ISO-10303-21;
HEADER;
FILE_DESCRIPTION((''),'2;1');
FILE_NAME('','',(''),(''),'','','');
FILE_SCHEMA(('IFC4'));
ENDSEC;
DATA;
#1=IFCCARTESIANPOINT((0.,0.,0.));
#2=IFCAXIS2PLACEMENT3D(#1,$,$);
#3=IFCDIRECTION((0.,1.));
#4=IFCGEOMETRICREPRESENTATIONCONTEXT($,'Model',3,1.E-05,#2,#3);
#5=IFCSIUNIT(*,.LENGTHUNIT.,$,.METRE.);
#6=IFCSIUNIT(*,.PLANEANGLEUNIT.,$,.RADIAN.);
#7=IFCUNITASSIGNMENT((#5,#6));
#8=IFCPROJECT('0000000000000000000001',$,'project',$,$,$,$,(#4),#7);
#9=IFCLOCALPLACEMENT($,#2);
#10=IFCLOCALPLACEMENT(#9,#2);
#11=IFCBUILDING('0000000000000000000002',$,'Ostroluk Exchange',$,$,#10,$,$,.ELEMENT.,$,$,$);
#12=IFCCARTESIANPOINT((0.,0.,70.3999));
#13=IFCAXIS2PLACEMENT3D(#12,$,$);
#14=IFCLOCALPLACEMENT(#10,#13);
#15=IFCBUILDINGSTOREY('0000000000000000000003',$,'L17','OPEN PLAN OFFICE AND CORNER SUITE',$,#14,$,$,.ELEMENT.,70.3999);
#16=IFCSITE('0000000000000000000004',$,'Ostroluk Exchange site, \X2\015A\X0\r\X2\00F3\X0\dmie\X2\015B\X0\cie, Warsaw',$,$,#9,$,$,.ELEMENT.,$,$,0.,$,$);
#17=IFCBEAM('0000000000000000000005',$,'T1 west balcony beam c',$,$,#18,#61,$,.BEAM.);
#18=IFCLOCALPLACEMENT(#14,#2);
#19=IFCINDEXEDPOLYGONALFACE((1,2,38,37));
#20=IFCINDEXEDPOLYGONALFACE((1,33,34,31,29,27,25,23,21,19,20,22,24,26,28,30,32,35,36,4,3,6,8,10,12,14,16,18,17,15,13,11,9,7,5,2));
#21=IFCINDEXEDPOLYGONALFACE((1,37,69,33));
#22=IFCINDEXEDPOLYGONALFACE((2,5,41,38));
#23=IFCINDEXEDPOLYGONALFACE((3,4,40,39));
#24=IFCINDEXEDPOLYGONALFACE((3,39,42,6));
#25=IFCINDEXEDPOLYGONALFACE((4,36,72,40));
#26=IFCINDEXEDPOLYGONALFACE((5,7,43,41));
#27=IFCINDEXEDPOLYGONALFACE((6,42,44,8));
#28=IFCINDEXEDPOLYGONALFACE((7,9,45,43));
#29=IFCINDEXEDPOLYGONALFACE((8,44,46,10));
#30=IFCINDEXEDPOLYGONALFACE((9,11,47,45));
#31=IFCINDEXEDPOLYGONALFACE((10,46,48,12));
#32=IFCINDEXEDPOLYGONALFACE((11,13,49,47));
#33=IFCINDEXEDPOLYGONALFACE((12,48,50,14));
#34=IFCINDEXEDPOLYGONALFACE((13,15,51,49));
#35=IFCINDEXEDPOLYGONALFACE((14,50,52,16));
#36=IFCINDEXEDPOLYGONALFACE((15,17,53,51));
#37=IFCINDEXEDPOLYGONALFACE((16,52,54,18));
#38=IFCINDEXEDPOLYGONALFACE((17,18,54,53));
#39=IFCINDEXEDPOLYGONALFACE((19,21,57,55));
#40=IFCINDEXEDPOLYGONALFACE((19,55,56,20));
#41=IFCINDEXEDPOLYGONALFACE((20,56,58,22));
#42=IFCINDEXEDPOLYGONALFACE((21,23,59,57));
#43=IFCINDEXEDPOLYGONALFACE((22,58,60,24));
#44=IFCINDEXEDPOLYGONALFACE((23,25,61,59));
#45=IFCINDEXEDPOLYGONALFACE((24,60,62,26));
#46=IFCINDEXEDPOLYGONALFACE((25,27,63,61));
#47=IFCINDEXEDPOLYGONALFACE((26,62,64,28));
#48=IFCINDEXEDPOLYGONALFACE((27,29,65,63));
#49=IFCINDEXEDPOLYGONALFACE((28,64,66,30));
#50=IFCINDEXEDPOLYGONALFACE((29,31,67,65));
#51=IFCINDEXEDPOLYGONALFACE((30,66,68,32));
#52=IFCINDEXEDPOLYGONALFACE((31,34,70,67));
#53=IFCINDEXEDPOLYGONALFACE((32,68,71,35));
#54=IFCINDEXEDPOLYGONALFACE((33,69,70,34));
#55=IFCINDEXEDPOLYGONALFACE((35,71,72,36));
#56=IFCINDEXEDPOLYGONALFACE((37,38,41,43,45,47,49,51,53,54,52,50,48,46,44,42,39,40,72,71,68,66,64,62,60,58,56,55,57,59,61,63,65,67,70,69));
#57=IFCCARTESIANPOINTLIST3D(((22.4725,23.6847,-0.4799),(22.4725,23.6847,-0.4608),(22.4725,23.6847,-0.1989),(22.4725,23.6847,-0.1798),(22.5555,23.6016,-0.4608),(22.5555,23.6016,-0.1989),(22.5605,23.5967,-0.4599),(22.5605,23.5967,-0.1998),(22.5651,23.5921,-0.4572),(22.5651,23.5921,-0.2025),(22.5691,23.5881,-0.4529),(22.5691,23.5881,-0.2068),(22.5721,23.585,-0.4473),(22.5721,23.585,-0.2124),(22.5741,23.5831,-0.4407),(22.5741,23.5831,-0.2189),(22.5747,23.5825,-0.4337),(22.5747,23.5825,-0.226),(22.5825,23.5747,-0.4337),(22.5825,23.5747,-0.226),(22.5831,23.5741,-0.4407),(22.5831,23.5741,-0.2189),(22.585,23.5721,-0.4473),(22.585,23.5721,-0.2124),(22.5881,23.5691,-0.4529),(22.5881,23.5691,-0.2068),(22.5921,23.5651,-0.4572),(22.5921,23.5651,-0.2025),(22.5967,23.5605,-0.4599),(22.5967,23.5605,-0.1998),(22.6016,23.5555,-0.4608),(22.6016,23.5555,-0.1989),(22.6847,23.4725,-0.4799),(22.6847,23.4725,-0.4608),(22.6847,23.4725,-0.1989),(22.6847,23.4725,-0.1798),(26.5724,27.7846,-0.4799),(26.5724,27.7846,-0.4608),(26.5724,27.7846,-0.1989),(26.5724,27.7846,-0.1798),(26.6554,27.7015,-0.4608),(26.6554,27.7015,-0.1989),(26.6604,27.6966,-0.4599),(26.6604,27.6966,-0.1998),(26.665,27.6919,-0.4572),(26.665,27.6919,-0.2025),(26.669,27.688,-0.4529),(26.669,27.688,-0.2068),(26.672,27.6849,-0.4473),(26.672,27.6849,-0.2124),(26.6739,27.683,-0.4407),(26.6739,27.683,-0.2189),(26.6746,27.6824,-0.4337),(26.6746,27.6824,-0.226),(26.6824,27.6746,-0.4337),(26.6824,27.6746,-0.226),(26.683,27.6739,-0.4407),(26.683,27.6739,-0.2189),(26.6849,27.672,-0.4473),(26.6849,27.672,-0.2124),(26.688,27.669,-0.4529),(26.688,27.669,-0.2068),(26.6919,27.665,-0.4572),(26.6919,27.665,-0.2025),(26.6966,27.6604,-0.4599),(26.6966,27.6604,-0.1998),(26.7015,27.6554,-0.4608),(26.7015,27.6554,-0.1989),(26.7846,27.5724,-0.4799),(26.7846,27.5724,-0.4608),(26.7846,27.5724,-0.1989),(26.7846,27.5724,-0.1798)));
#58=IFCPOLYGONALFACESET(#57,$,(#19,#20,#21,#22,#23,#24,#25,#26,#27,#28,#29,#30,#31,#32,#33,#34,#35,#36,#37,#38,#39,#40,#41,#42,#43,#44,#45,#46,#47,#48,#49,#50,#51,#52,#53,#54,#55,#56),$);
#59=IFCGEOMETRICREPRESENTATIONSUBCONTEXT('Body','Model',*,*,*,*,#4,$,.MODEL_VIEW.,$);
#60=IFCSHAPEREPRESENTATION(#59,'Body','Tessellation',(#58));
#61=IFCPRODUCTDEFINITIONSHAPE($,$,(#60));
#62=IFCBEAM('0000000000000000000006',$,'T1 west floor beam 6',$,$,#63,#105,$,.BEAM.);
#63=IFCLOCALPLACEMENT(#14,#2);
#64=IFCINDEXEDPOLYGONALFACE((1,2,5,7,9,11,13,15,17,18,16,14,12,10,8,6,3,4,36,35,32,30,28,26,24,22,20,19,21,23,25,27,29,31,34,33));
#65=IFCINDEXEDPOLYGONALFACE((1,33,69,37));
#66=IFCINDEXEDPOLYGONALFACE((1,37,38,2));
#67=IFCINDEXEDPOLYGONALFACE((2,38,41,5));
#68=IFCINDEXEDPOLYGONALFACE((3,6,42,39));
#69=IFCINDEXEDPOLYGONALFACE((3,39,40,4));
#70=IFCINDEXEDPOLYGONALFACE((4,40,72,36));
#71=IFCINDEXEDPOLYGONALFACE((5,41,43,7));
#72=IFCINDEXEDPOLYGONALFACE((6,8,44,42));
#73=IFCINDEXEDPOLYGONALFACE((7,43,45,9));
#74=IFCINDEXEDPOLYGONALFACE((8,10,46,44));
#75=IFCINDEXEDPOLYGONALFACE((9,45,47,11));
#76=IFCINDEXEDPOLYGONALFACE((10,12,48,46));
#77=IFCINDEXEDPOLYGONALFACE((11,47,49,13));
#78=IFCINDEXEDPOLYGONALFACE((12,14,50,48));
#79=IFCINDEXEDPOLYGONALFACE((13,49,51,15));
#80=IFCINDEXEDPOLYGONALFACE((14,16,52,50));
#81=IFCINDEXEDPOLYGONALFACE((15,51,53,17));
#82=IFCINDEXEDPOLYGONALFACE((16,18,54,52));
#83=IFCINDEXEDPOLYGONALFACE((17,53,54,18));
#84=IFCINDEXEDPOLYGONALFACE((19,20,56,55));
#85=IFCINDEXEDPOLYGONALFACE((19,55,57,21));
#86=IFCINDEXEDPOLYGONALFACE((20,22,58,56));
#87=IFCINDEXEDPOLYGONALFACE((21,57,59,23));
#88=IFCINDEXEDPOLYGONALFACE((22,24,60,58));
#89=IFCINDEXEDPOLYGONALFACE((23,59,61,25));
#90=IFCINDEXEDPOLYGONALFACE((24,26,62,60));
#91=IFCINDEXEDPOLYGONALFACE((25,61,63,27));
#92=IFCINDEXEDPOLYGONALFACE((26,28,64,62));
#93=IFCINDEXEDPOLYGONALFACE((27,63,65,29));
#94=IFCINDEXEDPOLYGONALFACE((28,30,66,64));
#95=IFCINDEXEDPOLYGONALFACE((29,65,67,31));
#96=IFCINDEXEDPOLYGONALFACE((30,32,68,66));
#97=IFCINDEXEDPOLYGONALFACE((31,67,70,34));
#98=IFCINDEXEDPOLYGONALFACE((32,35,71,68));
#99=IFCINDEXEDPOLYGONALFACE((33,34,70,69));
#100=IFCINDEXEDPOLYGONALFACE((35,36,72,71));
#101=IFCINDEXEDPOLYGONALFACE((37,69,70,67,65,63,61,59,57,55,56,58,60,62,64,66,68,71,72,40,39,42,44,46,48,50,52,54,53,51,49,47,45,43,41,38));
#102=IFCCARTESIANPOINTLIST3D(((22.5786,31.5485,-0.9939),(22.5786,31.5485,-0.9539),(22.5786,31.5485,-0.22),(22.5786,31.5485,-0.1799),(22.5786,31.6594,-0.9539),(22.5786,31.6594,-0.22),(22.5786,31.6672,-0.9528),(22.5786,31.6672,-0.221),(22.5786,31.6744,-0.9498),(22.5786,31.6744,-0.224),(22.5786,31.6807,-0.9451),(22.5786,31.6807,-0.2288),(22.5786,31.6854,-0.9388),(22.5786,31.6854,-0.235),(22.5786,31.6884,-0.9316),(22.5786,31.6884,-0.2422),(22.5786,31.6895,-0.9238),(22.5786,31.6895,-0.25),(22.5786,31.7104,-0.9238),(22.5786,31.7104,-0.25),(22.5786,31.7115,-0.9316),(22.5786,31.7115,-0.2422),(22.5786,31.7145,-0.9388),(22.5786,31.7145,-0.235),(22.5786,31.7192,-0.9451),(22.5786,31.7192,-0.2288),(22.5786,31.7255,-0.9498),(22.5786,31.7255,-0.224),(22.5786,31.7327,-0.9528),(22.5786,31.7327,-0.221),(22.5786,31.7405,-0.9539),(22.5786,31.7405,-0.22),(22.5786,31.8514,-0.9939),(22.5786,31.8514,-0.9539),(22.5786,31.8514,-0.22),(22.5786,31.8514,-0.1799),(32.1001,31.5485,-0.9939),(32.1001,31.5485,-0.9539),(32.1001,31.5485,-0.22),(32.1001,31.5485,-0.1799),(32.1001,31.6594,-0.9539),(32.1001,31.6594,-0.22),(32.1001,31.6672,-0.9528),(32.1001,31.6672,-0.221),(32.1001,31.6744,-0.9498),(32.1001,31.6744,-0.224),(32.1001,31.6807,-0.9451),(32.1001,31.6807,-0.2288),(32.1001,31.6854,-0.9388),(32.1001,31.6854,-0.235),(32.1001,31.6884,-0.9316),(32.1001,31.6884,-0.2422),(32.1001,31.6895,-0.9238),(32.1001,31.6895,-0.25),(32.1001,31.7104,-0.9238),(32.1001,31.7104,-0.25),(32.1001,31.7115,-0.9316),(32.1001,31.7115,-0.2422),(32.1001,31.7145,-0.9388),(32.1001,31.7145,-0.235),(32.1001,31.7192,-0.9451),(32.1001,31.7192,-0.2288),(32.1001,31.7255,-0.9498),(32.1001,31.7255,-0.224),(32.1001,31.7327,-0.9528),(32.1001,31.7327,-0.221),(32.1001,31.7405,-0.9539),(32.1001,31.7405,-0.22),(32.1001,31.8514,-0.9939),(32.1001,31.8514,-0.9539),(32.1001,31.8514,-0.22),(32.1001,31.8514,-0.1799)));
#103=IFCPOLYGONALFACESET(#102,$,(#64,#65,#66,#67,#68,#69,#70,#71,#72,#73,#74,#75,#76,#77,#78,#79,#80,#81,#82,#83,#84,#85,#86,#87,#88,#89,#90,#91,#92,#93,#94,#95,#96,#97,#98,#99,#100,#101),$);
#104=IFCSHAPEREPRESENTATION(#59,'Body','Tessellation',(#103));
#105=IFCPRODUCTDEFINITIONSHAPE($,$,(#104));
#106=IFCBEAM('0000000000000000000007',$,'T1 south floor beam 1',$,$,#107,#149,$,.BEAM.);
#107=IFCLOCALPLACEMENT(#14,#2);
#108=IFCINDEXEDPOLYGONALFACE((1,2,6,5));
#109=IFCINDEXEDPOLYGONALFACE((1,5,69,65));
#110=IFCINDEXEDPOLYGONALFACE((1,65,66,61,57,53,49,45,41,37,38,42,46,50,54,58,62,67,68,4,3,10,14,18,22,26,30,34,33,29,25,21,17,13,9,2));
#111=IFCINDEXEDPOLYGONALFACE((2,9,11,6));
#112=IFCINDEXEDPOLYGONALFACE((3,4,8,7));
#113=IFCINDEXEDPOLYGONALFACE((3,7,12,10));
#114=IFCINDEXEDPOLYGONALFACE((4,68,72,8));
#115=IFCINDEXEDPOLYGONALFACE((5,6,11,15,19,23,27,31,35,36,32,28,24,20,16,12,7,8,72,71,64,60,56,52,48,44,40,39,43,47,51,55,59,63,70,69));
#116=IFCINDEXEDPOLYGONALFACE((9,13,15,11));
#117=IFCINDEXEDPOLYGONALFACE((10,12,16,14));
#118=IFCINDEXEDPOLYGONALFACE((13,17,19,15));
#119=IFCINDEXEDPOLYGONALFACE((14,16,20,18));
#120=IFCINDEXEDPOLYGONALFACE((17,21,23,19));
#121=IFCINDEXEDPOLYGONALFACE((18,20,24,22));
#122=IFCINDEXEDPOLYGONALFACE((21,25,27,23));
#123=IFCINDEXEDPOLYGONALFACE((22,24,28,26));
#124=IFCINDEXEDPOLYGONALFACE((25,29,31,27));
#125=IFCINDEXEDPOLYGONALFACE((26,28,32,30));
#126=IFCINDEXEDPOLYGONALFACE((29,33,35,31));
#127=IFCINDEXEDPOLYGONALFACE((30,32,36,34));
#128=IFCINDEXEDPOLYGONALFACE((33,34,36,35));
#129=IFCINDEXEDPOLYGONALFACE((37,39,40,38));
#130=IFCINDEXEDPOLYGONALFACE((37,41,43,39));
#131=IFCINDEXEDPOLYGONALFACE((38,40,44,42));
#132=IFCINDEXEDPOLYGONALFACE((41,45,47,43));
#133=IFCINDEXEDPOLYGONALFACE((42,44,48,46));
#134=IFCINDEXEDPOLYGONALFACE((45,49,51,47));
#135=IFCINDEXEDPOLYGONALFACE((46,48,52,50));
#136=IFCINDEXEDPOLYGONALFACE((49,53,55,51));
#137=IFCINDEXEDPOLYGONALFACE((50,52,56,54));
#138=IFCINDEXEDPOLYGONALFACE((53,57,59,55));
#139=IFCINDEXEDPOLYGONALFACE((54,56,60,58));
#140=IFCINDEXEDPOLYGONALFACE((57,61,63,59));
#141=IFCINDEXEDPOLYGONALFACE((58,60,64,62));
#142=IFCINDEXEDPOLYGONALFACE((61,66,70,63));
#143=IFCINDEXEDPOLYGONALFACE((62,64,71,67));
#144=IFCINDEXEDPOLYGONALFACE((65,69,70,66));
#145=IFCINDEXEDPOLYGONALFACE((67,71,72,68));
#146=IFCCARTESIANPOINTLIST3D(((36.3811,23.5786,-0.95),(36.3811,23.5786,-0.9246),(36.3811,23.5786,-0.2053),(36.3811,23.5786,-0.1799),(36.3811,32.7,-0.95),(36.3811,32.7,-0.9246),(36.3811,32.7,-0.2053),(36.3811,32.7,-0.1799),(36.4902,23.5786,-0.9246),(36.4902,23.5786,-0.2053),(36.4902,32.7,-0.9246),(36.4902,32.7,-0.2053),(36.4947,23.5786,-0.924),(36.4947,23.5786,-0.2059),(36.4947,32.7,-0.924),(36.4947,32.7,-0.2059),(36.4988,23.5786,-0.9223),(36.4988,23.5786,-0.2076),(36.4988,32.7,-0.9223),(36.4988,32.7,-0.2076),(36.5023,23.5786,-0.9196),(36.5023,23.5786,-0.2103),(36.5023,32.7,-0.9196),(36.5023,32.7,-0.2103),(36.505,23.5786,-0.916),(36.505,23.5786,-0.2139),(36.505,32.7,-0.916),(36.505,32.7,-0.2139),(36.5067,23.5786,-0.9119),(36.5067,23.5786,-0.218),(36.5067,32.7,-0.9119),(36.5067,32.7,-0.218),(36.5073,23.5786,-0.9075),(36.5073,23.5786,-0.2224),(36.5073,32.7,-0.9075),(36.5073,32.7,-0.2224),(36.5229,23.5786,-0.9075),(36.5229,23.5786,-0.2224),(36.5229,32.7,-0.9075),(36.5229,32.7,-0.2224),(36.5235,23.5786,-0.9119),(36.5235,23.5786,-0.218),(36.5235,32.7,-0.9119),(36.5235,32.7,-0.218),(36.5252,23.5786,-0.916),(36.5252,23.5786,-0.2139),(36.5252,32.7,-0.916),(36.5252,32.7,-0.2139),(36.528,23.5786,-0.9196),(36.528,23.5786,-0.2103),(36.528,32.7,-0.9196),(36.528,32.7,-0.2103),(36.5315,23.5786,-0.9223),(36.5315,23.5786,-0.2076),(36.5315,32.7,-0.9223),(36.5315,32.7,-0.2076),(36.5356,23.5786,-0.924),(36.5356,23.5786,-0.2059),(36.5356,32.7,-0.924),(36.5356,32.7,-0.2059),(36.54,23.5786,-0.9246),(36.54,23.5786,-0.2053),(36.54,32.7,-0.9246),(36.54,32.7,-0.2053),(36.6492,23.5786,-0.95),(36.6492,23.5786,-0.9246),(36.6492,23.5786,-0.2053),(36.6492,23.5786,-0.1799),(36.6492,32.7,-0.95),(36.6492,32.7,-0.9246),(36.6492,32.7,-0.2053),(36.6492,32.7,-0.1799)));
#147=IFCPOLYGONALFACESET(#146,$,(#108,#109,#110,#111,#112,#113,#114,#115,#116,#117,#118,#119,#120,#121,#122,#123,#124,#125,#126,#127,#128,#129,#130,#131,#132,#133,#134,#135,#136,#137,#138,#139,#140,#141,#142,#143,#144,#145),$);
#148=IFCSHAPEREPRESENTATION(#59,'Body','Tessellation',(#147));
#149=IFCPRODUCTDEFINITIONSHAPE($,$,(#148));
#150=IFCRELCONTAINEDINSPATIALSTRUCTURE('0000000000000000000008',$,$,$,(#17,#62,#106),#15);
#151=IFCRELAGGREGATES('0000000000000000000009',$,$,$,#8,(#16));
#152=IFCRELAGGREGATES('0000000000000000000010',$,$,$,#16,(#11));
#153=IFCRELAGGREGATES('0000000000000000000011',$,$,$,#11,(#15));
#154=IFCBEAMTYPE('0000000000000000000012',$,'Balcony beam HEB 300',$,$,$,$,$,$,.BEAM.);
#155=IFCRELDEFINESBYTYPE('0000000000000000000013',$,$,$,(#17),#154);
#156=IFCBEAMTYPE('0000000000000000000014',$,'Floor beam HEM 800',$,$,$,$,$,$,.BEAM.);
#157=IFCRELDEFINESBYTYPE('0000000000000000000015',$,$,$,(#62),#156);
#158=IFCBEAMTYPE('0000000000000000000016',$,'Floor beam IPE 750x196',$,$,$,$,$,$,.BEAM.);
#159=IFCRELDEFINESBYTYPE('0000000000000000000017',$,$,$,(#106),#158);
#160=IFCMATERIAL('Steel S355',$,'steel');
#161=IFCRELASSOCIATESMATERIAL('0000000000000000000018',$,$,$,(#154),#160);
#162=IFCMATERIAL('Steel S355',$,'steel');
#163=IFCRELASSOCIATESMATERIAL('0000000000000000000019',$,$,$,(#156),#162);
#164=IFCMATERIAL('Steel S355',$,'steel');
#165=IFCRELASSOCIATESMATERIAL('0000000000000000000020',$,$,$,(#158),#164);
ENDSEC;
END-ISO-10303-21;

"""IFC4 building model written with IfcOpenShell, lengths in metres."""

from ifc_helpers import new_model, si_unit, direction, frame, origin, origin_2d, place, context, subcontext, project, spatial, i_section, extrude, material, material_profile, profile_set, type_object, element, save


model = new_model("IFC4")

# Units and contexts
model_context = context("Model", 3, precision=1e-05, world=origin(), true_north=direction((0.0, 1.0)))
body_context = subcontext(model_context, "Body", "Model", "MODEL_VIEW")
ifc_project = project(units=[si_unit("LENGTHUNIT", "METRE"), si_unit("PLANEANGLEUNIT", "RADIAN")], contexts=[model_context])

# Site, building, storey
site_placement = place(None, origin())
site = spatial("IfcSite", under=ifc_project, at=site_placement, Name="Ostroluk Exchange site, Śródmieście, Warsaw", CompositionType="ELEMENT", RefElevation=0.0)
building_placement = place(site_placement, origin())
building = spatial("IfcBuilding", under=site, at=building_placement, Name="Ostroluk Exchange", CompositionType="ELEMENT")
storey_placement = place(building_placement, frame((0.0, 0.0, 70.3999)))
storey = spatial("IfcBuildingStorey", under=building, at=storey_placement, Name="L17", Description="OPEN PLAN OFFICE AND CORNER SUITE", CompositionType="ELEMENT", Elevation=70.3999)

# Beams
ifc_material_1 = material(Name="Steel S355", Category="steel")
ifc_material_profile_1 = material_profile(ifc_material_1, i_section(OverallWidth=0.3, OverallDepth=0.3, WebThickness=0.011, FlangeThickness=0.019, FilletRadius=0.0271, at=origin_2d()), Name="HEB 300")
ifc_profile_set_1 = profile_set([ifc_material_profile_1], Name="Steel S355")
beam_type_1 = type_object("IfcBeamType", Name="Balcony beam HEB 300", PredefinedType="BEAM", material=ifc_profile_set_1)
beam_1_placement = place(storey_placement, frame((26.6785, 27.6785, -0.3298), z_axis=(-0.707107, -0.707107, 0.0), x_axis=(0.707107, -0.707107, 0.0)))
element("IfcBeam", 1, at=beam_1_placement, inside=storey, type_object=beam_type_1, Name="T1 west balcony beam c", PredefinedType="BEAM", context=body_context, shape_type="SweptSolid", body=[
    extrude(i_section(OverallWidth=0.3, OverallDepth=0.3, WebThickness=0.011, FlangeThickness=0.019, FilletRadius=0.0271, at=origin_2d()), origin(), (0.0, 0.0, 1.0), 5.7981),
])
ifc_material_2 = material(Name="Steel S355", Category="steel")
ifc_material_profile_2 = material_profile(ifc_material_2, i_section(OverallWidth=0.303, OverallDepth=0.814, WebThickness=0.021, FlangeThickness=0.04, FilletRadius=0.03, at=origin_2d()), Name="HEM 800")
ifc_profile_set_2 = profile_set([ifc_material_profile_2], Name="Steel S355")
beam_type_2 = type_object("IfcBeamType", Name="Floor beam HEM 800", PredefinedType="BEAM", material=ifc_profile_set_2)
beam_2_placement = place(storey_placement, frame((32.1001, 31.7, -0.5869), z_axis=(-1.0, 0.0, 0.0), x_axis=(0.0, -1.0, 0.0)))
element("IfcBeam", 2, at=beam_2_placement, inside=storey, type_object=beam_type_2, Name="T1 west floor beam 6", PredefinedType="BEAM", context=body_context, shape_type="SweptSolid", body=[
    extrude(i_section(OverallWidth=0.303, OverallDepth=0.814, WebThickness=0.021, FlangeThickness=0.04, FilletRadius=0.03, at=origin_2d()), origin(), (0.0, 0.0, 1.0), 9.5215),
])
ifc_material_3 = material(Name="Steel S355", Category="steel")
ifc_material_profile_3 = material_profile(ifc_material_3, i_section(OverallWidth=0.2681, OverallDepth=0.77, WebThickness=0.0156, FlangeThickness=0.0254, FilletRadius=0.0171, at=origin_2d()), Name="IPE 750x196")
ifc_profile_set_3 = profile_set([ifc_material_profile_3], Name="Steel S355")
beam_type_3 = type_object("IfcBeamType", Name="Floor beam IPE 750x196", PredefinedType="BEAM", material=ifc_profile_set_3)
beam_3_placement = place(storey_placement, frame((36.5151, 32.7, -0.5649), z_axis=(0.0, -1.0, 0.0), x_axis=(1.0, 0.0, 0.0)))
element("IfcBeam", 3, at=beam_3_placement, inside=storey, type_object=beam_type_3, Name="T1 south floor beam 1", PredefinedType="BEAM", context=body_context, shape_type="SweptSolid", body=[
    extrude(i_section(OverallWidth=0.2681, OverallDepth=0.77, WebThickness=0.0156, FlangeThickness=0.0254, FilletRadius=0.0171, at=origin_2d()), origin(), (0.0, 0.0, 1.0), 9.1213),
])

save(model, "model.ifc")
